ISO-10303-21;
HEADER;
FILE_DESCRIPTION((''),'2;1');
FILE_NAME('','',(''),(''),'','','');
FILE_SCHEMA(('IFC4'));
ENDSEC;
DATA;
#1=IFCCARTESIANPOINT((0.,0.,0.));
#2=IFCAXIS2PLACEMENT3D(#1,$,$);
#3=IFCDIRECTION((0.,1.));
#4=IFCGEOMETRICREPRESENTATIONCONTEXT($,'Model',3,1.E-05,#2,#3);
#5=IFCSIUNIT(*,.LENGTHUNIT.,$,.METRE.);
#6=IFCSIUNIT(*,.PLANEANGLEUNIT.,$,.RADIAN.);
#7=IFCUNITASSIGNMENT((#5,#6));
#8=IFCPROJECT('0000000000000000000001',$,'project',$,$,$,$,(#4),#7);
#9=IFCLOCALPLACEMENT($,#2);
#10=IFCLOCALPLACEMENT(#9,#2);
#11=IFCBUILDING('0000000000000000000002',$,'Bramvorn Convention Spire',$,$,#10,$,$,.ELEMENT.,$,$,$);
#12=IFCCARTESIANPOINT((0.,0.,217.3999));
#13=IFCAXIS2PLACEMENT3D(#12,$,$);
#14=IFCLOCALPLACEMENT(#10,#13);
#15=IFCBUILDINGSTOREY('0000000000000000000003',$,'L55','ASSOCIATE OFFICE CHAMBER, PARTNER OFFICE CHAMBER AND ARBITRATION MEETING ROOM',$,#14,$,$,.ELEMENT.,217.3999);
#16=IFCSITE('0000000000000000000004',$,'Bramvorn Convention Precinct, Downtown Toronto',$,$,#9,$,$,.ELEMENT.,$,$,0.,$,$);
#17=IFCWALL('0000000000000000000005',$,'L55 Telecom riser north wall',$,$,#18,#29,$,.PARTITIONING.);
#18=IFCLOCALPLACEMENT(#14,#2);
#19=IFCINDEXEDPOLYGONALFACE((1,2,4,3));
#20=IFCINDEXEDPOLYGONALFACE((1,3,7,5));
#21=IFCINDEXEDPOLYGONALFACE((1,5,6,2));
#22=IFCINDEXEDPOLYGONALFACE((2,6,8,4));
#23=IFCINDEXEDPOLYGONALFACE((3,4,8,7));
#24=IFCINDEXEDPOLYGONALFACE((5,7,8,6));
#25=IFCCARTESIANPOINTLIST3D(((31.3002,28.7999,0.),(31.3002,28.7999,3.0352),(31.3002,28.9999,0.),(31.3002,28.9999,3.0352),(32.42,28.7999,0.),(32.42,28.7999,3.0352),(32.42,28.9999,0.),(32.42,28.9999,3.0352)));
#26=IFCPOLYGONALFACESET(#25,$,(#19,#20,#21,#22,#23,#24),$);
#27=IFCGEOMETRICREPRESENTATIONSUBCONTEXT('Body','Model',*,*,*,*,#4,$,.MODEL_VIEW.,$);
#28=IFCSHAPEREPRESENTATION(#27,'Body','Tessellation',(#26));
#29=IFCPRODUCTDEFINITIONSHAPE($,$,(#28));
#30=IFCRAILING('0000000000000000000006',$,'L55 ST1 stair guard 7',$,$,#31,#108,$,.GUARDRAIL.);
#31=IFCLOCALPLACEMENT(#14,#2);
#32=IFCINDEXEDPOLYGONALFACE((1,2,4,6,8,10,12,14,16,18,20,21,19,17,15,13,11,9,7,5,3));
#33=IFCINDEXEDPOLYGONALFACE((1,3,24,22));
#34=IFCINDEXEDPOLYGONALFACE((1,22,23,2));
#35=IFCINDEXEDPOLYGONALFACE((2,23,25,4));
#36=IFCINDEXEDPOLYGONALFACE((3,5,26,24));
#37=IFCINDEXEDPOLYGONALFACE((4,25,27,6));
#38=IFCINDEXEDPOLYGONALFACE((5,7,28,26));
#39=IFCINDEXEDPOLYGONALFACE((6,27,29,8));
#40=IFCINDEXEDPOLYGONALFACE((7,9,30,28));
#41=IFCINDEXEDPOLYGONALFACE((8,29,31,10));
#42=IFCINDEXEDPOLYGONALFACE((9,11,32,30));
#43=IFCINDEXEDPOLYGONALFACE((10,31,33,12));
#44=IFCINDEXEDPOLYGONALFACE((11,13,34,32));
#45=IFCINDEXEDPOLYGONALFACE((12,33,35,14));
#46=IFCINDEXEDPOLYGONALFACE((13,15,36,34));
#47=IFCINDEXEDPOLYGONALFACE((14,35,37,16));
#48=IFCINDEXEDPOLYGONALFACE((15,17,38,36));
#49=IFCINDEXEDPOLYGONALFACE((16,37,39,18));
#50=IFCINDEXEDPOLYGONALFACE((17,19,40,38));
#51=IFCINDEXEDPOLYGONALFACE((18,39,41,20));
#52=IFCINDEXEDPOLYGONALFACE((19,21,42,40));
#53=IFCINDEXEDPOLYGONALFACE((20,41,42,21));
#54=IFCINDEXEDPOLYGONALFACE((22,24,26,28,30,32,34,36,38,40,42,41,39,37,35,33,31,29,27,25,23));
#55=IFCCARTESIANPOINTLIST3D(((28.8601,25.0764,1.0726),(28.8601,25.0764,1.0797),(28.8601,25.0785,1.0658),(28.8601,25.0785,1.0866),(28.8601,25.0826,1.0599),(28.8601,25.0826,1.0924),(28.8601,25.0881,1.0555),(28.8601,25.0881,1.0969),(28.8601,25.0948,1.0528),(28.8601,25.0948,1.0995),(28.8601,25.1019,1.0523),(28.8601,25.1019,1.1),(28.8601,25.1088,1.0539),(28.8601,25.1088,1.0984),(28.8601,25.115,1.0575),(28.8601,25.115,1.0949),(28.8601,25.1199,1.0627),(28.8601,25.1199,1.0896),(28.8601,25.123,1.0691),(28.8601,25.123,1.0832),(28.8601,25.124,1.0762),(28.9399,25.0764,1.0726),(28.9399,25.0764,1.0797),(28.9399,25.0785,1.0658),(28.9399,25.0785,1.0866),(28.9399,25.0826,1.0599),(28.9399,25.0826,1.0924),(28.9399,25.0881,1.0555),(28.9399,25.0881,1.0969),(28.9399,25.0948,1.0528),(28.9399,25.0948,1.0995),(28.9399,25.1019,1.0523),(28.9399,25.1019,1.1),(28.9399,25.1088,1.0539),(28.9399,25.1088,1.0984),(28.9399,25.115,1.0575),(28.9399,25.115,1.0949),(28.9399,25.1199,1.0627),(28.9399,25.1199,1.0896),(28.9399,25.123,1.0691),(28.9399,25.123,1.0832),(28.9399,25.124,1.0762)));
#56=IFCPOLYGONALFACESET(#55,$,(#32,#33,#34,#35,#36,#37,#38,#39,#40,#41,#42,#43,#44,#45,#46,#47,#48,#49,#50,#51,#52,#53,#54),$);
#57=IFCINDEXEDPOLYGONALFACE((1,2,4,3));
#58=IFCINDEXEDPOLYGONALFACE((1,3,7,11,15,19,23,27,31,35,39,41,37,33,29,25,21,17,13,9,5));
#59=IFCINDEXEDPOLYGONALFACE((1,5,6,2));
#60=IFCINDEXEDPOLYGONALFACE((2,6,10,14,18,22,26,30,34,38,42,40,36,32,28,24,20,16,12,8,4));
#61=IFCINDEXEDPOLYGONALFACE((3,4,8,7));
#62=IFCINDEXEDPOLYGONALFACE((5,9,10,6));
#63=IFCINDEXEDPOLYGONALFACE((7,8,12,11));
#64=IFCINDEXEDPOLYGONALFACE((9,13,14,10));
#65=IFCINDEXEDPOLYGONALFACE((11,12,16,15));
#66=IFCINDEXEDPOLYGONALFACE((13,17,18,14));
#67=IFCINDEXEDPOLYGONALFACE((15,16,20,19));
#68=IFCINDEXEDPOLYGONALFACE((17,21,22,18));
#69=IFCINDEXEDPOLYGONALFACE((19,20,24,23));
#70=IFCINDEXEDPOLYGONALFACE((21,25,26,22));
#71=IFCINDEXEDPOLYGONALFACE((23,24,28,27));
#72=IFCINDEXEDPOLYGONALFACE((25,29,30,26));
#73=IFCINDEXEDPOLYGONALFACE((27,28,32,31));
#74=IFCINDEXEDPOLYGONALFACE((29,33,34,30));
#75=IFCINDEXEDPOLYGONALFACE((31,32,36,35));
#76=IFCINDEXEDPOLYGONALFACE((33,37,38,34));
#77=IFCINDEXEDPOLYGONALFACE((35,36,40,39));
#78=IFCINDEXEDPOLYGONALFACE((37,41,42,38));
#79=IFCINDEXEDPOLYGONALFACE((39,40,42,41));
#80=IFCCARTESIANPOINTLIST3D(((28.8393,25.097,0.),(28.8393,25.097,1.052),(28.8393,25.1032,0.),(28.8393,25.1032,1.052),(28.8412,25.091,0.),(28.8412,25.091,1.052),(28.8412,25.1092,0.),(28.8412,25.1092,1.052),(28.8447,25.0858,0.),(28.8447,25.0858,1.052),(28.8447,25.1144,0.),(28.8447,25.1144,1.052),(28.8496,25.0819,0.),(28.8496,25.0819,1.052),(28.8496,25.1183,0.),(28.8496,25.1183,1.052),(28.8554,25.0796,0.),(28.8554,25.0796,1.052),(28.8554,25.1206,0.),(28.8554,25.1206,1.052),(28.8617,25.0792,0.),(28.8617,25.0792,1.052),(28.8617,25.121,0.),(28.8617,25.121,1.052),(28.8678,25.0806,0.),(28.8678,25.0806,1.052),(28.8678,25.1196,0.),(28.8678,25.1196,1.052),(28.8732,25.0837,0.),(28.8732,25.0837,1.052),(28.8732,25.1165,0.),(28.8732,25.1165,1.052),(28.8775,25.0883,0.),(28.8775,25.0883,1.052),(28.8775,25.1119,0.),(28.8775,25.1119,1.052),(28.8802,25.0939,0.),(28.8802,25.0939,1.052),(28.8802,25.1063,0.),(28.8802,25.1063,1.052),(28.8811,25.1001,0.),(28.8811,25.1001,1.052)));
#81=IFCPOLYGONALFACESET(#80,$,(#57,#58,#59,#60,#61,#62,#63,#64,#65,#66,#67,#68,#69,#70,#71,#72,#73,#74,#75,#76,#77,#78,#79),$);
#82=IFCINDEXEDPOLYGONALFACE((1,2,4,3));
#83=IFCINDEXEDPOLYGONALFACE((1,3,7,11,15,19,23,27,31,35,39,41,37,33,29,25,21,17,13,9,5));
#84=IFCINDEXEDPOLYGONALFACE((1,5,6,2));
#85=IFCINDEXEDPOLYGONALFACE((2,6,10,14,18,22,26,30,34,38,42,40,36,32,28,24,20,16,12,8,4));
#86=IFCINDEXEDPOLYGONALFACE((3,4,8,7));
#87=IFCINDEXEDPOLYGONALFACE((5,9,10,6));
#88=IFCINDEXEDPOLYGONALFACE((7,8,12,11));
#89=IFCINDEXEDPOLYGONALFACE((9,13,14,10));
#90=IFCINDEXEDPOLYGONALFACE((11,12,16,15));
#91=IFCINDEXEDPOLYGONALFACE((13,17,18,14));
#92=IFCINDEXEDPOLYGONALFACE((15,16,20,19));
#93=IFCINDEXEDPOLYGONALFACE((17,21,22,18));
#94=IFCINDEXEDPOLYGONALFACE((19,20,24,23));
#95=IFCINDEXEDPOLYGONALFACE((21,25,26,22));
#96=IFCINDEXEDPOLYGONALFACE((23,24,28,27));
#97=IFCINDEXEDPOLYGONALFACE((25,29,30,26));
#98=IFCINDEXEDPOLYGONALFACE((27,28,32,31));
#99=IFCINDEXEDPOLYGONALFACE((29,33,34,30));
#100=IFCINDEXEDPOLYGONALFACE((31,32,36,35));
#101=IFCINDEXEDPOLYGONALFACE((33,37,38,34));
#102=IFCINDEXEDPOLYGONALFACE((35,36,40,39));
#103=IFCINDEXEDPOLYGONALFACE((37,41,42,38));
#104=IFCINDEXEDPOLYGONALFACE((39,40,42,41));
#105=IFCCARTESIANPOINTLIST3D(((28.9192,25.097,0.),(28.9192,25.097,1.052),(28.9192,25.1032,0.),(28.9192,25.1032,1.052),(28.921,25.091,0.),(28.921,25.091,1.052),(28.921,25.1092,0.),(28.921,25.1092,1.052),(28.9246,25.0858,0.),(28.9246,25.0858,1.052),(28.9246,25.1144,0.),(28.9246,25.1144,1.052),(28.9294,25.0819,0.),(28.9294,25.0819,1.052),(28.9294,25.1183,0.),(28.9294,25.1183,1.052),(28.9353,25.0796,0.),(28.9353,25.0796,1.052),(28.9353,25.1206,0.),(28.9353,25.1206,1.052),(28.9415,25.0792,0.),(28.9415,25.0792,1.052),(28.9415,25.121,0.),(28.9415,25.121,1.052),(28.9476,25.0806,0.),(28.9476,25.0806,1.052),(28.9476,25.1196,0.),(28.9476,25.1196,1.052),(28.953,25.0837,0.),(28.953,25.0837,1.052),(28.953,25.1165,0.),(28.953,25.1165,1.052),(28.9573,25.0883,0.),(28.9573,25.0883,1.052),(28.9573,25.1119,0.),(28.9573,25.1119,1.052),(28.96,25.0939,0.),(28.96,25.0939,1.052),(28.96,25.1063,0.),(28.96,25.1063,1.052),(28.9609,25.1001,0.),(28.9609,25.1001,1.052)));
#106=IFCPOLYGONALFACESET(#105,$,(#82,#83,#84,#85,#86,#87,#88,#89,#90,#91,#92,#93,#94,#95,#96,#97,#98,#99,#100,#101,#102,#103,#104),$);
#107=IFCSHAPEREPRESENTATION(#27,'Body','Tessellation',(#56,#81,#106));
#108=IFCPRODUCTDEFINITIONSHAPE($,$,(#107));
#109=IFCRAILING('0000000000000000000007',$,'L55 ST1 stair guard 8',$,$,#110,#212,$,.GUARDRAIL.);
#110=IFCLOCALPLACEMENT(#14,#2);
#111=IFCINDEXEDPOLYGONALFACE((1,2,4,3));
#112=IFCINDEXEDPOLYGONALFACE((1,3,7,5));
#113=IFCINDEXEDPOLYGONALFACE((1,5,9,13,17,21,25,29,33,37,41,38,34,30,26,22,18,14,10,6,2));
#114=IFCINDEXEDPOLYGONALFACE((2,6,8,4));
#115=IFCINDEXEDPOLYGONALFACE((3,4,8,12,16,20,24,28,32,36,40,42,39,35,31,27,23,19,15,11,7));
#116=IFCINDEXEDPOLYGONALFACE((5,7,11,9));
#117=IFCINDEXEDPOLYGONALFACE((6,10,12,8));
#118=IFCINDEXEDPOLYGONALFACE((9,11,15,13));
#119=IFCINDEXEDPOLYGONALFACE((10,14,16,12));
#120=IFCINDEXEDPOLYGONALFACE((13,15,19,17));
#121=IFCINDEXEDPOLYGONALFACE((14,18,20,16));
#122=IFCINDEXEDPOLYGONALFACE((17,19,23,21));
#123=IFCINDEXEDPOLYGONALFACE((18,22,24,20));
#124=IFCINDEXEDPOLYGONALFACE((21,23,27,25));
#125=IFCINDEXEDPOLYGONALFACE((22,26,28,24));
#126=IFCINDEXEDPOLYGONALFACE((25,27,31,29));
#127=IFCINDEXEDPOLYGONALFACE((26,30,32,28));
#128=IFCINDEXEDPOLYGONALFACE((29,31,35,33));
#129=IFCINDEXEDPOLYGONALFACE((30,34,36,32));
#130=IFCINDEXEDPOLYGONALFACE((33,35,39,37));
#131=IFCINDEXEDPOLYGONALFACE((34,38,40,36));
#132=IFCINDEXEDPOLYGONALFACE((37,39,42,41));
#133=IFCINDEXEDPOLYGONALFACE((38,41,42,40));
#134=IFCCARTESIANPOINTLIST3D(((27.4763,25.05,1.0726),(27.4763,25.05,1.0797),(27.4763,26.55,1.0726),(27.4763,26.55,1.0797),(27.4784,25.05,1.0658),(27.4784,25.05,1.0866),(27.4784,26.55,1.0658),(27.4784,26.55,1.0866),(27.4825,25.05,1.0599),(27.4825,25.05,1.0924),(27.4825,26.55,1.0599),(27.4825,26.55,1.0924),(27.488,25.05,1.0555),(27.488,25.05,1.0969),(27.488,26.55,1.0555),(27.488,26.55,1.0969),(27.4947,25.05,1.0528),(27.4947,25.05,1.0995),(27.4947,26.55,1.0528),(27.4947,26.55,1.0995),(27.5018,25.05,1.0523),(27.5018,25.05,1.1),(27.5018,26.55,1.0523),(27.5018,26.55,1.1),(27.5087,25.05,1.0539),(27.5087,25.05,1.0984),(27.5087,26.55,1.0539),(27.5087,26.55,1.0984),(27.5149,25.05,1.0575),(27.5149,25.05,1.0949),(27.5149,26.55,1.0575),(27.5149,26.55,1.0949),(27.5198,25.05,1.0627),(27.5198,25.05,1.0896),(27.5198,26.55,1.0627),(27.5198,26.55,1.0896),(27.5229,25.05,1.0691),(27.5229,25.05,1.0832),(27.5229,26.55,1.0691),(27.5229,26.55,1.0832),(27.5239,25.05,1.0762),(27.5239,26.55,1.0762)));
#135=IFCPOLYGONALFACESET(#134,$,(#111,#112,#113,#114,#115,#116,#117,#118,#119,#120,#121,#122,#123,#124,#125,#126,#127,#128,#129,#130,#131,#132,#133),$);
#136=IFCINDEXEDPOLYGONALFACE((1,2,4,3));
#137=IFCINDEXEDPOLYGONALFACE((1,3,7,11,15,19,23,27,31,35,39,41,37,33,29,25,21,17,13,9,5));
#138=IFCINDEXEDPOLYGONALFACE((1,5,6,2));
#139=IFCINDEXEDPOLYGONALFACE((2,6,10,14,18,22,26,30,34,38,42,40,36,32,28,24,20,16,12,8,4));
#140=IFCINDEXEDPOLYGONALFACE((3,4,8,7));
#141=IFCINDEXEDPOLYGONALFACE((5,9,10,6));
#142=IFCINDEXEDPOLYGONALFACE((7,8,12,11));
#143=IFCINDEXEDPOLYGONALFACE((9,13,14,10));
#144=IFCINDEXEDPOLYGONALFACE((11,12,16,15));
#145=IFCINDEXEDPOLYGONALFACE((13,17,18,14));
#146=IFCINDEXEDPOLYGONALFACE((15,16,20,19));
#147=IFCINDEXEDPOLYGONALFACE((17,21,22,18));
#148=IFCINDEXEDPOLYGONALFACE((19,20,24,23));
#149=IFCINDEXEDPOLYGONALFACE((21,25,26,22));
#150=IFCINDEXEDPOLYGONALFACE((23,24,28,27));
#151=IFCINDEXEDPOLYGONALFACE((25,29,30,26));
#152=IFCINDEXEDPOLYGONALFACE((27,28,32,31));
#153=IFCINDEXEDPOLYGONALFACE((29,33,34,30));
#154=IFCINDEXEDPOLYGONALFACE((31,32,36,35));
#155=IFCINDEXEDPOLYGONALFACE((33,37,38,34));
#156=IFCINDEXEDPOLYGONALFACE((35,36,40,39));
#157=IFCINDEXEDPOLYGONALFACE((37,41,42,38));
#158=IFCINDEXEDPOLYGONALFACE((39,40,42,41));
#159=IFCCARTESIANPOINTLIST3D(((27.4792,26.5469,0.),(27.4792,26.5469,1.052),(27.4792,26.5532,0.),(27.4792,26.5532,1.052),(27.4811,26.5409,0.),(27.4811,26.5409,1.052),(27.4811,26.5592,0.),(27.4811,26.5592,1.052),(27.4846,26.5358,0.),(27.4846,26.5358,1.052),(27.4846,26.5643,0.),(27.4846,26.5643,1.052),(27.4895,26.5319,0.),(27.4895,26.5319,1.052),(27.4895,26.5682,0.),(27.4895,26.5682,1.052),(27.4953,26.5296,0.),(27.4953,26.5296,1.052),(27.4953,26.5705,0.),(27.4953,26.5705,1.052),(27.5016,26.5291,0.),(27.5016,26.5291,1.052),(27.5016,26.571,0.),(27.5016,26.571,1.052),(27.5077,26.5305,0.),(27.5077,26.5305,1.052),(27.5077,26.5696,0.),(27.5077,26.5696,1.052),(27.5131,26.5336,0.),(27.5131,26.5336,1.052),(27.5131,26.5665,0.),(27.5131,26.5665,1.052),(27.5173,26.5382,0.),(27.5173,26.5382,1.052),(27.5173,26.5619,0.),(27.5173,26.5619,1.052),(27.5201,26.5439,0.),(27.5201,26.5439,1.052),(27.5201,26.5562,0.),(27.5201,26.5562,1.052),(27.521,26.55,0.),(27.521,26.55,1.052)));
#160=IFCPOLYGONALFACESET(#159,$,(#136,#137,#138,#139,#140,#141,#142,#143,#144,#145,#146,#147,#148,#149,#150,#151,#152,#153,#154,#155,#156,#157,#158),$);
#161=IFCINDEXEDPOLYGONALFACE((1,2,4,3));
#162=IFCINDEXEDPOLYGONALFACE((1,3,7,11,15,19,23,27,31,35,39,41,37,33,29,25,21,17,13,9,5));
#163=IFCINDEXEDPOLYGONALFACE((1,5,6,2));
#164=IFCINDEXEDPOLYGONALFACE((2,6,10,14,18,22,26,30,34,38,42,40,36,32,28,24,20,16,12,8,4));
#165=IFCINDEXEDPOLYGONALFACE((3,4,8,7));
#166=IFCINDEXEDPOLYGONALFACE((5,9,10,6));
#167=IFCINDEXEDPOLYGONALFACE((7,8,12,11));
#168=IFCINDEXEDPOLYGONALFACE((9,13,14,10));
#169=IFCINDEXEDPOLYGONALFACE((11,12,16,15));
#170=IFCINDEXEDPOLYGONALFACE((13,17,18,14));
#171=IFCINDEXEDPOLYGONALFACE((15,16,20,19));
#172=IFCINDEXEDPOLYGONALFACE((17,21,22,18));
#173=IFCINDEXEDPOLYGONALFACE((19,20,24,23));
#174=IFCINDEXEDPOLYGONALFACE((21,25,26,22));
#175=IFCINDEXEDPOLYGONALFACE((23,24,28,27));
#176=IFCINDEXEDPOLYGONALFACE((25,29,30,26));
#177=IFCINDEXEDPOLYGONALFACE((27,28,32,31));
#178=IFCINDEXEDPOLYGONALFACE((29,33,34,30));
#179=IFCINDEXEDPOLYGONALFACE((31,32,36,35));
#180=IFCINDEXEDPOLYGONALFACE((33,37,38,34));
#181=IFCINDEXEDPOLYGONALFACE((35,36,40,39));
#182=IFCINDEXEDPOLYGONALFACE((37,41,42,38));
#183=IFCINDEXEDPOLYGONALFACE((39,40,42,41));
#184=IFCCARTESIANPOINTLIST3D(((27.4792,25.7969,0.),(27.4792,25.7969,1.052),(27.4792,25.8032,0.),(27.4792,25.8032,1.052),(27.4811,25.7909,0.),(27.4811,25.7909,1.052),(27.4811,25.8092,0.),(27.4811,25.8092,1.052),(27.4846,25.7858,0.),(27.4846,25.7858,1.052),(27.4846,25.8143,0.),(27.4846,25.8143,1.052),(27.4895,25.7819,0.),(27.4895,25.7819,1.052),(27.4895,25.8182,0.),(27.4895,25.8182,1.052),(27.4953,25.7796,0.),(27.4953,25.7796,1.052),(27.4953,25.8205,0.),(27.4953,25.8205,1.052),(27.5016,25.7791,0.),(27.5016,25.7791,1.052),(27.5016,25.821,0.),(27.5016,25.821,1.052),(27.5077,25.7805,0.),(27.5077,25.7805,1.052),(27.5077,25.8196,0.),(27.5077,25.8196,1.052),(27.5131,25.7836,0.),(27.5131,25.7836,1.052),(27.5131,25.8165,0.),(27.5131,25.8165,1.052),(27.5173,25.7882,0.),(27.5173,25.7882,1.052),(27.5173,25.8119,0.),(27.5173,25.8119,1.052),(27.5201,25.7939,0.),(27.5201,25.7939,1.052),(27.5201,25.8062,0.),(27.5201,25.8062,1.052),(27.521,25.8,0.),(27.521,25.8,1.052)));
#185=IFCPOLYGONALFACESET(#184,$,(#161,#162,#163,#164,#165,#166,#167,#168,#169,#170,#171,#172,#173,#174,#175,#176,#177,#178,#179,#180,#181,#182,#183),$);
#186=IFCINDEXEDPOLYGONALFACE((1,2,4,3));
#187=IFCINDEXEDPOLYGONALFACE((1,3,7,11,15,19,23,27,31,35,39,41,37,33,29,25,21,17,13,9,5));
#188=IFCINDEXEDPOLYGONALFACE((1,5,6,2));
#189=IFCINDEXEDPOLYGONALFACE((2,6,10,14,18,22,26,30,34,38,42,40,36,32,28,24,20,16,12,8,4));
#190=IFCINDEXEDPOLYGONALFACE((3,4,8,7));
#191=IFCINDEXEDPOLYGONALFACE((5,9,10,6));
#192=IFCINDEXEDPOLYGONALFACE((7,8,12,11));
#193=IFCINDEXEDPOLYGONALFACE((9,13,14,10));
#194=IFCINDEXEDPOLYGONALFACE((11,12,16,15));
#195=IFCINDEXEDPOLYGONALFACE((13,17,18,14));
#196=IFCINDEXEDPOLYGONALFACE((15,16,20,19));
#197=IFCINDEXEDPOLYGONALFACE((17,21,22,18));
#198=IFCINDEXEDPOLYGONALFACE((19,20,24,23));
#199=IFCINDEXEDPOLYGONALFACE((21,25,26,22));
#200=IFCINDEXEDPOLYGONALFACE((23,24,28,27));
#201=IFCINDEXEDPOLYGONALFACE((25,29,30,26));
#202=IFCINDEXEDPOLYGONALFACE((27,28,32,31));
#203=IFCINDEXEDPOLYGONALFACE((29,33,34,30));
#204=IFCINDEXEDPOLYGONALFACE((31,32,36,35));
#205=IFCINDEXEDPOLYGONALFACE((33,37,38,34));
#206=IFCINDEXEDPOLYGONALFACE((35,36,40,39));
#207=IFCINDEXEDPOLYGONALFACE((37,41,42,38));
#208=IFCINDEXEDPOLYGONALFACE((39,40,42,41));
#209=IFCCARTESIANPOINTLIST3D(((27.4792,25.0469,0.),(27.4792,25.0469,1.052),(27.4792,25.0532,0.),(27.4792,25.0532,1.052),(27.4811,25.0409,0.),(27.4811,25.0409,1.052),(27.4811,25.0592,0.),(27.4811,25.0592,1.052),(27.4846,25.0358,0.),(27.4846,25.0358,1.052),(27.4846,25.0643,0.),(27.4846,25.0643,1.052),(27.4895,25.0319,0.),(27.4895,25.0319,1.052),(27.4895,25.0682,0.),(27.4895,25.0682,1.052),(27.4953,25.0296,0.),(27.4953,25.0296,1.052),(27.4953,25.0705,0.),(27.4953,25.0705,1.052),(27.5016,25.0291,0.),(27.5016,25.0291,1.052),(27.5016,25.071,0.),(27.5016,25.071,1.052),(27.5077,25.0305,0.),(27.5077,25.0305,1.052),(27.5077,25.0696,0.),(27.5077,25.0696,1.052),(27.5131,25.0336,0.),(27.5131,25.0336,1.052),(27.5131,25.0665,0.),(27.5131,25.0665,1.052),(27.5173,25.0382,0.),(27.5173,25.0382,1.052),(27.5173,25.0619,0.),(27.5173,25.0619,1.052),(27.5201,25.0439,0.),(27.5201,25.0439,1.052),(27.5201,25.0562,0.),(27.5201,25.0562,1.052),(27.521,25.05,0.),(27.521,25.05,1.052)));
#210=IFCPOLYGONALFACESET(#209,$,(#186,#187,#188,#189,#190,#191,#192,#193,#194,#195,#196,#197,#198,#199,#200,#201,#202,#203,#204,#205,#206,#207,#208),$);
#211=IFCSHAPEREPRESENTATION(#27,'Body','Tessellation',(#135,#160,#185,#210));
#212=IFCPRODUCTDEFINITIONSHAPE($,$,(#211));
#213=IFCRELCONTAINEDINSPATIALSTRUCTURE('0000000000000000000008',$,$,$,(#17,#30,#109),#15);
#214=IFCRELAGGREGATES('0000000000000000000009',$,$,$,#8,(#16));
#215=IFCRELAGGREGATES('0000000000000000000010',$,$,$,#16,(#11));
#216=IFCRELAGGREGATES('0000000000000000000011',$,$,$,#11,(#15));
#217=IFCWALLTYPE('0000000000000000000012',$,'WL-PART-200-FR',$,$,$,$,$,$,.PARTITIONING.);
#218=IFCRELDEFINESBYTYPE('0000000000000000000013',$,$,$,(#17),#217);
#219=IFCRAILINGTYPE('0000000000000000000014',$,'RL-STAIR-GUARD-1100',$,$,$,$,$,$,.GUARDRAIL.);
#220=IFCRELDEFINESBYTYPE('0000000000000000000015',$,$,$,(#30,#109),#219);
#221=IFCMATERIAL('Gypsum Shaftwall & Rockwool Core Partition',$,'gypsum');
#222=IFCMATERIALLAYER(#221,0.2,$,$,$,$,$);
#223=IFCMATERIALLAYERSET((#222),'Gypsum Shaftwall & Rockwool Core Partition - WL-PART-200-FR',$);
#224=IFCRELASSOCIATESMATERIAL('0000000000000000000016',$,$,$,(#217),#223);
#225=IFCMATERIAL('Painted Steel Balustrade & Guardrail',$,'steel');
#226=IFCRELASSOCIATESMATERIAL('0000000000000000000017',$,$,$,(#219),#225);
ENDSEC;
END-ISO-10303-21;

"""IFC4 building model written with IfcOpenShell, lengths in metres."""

from ifc_helpers import new_model, si_unit, direction, frame, frame_2d, origin, origin_2d, place, context, subcontext, project, spatial, rectangle, circle, extrude, material, layer, layer_set, type_object, element, save


model = new_model("IFC4")

# Units and contexts
model_context = context("Model", 3, precision=1e-05, world=origin(), true_north=direction((0.0, 1.0)))
body_context = subcontext(model_context, "Body", "Model", "MODEL_VIEW")
ifc_project = project(units=[si_unit("LENGTHUNIT", "METRE"), si_unit("PLANEANGLEUNIT", "RADIAN")], contexts=[model_context])

# Site, building, storey
site_placement = place(None, origin())
site = spatial("IfcSite", under=ifc_project, at=site_placement, Name="Bramvorn Convention Precinct, Downtown Toronto", CompositionType="ELEMENT", RefElevation=0.0)
building_placement = place(site_placement, origin())
building = spatial("IfcBuilding", under=site, at=building_placement, Name="Bramvorn Convention Spire", CompositionType="ELEMENT")
storey_placement = place(building_placement, frame((0.0, 0.0, 217.3999)))
storey = spatial("IfcBuildingStorey", under=building, at=storey_placement, Name="L55", Description="ASSOCIATE OFFICE CHAMBER, PARTNER OFFICE CHAMBER AND ARBITRATION MEETING ROOM", CompositionType="ELEMENT", Elevation=217.3999)

# Shared definitions
ifc_material_1 = material(Name="Gypsum Shaftwall & Rockwool Core Partition", Category="gypsum")
ifc_layer_1 = layer(ifc_material_1, 0.2)
ifc_layer_set_1 = layer_set([ifc_layer_1], Name="Gypsum Shaftwall & Rockwool Core Partition - WL-PART-200-FR")
wall_type_1 = type_object("IfcWallType", Name="WL-PART-200-FR", PredefinedType="PARTITIONING", material=ifc_layer_set_1)

# Wall
wall_1_placement = place(storey_placement, frame((31.3, 28.8999, 0.0), z_axis=(0.0, 0.0, 1.0), x_axis=(1.0, 0.0, 0.0)))
element("IfcWall", 1, at=wall_1_placement, inside=storey, type_object=wall_type_1, Name="L55 Telecom riser north wall", PredefinedType="PARTITIONING", context=body_context, shape_type="SweptSolid", body=[
    extrude(rectangle(XDim=1.1199, YDim=0.2, at=frame_2d((0.5601, 0.0))), origin(), (0.0, 0.0, 1.0), 3.0352),
])

# Railings
ifc_material_2 = material(Name="Painted Steel Balustrade & Guardrail", Category="steel")
railing_type = type_object("IfcRailingType", Name="RL-STAIR-GUARD-1100", PredefinedType="GUARDRAIL", material=ifc_material_2)
railing_1_placement = place(storey_placement, frame((28.8601, 25.1001, 0.0)))
element("IfcRailing", 2, at=railing_1_placement, inside=storey, type_object=railing_type, Name="L55 ST1 stair guard 7", PredefinedType="GUARDRAIL", context=body_context, shape_type="SweptSolid", body=[
    extrude(circle(Radius=0.0239, at=origin_2d()), frame((0.0, 0.0, 1.0762), z_axis=(1.0, 0.0, 0.0), x_axis=(0.0, 1.0, 0.0)), (0.0, 0.0, 1.0), 0.0798),
    extrude(circle(Radius=0.021, at=origin_2d()), origin(), (0.0, 0.0, 1.0), 1.052),
    extrude(circle(Radius=0.021, at=origin_2d()), frame((0.0798, 0.0, 0.0)), (0.0, 0.0, 1.0), 1.052),
])
for number, where, name in (
    (3, (27.5, 26.55, 0.0), "L55 ST1 stair guard 8"),
):
    element("IfcRailing", number, at=place(storey_placement, frame(where)), inside=storey, type_object=railing_type, Name=name, PredefinedType="GUARDRAIL", context=body_context, shape_type="SweptSolid", body=[
        extrude(circle(Radius=0.0239, at=origin_2d()), frame((0.0, 0.0, 1.0762), z_axis=(0.0, -1.0, 0.0), x_axis=(1.0, 0.0, 0.0)), (0.0, 0.0, 1.0), 1.5),
        extrude(circle(Radius=0.021, at=origin_2d()), origin(), (0.0, 0.0, 1.0), 1.052),
        extrude(circle(Radius=0.021, at=origin_2d()), frame((0.0, -0.75, 0.0)), (0.0, 0.0, 1.0), 1.052),
        extrude(circle(Radius=0.021, at=origin_2d()), frame((0.0, -1.5, 0.0)), (0.0, 0.0, 1.0), 1.052),
    ])

save(model, "model.ifc")
